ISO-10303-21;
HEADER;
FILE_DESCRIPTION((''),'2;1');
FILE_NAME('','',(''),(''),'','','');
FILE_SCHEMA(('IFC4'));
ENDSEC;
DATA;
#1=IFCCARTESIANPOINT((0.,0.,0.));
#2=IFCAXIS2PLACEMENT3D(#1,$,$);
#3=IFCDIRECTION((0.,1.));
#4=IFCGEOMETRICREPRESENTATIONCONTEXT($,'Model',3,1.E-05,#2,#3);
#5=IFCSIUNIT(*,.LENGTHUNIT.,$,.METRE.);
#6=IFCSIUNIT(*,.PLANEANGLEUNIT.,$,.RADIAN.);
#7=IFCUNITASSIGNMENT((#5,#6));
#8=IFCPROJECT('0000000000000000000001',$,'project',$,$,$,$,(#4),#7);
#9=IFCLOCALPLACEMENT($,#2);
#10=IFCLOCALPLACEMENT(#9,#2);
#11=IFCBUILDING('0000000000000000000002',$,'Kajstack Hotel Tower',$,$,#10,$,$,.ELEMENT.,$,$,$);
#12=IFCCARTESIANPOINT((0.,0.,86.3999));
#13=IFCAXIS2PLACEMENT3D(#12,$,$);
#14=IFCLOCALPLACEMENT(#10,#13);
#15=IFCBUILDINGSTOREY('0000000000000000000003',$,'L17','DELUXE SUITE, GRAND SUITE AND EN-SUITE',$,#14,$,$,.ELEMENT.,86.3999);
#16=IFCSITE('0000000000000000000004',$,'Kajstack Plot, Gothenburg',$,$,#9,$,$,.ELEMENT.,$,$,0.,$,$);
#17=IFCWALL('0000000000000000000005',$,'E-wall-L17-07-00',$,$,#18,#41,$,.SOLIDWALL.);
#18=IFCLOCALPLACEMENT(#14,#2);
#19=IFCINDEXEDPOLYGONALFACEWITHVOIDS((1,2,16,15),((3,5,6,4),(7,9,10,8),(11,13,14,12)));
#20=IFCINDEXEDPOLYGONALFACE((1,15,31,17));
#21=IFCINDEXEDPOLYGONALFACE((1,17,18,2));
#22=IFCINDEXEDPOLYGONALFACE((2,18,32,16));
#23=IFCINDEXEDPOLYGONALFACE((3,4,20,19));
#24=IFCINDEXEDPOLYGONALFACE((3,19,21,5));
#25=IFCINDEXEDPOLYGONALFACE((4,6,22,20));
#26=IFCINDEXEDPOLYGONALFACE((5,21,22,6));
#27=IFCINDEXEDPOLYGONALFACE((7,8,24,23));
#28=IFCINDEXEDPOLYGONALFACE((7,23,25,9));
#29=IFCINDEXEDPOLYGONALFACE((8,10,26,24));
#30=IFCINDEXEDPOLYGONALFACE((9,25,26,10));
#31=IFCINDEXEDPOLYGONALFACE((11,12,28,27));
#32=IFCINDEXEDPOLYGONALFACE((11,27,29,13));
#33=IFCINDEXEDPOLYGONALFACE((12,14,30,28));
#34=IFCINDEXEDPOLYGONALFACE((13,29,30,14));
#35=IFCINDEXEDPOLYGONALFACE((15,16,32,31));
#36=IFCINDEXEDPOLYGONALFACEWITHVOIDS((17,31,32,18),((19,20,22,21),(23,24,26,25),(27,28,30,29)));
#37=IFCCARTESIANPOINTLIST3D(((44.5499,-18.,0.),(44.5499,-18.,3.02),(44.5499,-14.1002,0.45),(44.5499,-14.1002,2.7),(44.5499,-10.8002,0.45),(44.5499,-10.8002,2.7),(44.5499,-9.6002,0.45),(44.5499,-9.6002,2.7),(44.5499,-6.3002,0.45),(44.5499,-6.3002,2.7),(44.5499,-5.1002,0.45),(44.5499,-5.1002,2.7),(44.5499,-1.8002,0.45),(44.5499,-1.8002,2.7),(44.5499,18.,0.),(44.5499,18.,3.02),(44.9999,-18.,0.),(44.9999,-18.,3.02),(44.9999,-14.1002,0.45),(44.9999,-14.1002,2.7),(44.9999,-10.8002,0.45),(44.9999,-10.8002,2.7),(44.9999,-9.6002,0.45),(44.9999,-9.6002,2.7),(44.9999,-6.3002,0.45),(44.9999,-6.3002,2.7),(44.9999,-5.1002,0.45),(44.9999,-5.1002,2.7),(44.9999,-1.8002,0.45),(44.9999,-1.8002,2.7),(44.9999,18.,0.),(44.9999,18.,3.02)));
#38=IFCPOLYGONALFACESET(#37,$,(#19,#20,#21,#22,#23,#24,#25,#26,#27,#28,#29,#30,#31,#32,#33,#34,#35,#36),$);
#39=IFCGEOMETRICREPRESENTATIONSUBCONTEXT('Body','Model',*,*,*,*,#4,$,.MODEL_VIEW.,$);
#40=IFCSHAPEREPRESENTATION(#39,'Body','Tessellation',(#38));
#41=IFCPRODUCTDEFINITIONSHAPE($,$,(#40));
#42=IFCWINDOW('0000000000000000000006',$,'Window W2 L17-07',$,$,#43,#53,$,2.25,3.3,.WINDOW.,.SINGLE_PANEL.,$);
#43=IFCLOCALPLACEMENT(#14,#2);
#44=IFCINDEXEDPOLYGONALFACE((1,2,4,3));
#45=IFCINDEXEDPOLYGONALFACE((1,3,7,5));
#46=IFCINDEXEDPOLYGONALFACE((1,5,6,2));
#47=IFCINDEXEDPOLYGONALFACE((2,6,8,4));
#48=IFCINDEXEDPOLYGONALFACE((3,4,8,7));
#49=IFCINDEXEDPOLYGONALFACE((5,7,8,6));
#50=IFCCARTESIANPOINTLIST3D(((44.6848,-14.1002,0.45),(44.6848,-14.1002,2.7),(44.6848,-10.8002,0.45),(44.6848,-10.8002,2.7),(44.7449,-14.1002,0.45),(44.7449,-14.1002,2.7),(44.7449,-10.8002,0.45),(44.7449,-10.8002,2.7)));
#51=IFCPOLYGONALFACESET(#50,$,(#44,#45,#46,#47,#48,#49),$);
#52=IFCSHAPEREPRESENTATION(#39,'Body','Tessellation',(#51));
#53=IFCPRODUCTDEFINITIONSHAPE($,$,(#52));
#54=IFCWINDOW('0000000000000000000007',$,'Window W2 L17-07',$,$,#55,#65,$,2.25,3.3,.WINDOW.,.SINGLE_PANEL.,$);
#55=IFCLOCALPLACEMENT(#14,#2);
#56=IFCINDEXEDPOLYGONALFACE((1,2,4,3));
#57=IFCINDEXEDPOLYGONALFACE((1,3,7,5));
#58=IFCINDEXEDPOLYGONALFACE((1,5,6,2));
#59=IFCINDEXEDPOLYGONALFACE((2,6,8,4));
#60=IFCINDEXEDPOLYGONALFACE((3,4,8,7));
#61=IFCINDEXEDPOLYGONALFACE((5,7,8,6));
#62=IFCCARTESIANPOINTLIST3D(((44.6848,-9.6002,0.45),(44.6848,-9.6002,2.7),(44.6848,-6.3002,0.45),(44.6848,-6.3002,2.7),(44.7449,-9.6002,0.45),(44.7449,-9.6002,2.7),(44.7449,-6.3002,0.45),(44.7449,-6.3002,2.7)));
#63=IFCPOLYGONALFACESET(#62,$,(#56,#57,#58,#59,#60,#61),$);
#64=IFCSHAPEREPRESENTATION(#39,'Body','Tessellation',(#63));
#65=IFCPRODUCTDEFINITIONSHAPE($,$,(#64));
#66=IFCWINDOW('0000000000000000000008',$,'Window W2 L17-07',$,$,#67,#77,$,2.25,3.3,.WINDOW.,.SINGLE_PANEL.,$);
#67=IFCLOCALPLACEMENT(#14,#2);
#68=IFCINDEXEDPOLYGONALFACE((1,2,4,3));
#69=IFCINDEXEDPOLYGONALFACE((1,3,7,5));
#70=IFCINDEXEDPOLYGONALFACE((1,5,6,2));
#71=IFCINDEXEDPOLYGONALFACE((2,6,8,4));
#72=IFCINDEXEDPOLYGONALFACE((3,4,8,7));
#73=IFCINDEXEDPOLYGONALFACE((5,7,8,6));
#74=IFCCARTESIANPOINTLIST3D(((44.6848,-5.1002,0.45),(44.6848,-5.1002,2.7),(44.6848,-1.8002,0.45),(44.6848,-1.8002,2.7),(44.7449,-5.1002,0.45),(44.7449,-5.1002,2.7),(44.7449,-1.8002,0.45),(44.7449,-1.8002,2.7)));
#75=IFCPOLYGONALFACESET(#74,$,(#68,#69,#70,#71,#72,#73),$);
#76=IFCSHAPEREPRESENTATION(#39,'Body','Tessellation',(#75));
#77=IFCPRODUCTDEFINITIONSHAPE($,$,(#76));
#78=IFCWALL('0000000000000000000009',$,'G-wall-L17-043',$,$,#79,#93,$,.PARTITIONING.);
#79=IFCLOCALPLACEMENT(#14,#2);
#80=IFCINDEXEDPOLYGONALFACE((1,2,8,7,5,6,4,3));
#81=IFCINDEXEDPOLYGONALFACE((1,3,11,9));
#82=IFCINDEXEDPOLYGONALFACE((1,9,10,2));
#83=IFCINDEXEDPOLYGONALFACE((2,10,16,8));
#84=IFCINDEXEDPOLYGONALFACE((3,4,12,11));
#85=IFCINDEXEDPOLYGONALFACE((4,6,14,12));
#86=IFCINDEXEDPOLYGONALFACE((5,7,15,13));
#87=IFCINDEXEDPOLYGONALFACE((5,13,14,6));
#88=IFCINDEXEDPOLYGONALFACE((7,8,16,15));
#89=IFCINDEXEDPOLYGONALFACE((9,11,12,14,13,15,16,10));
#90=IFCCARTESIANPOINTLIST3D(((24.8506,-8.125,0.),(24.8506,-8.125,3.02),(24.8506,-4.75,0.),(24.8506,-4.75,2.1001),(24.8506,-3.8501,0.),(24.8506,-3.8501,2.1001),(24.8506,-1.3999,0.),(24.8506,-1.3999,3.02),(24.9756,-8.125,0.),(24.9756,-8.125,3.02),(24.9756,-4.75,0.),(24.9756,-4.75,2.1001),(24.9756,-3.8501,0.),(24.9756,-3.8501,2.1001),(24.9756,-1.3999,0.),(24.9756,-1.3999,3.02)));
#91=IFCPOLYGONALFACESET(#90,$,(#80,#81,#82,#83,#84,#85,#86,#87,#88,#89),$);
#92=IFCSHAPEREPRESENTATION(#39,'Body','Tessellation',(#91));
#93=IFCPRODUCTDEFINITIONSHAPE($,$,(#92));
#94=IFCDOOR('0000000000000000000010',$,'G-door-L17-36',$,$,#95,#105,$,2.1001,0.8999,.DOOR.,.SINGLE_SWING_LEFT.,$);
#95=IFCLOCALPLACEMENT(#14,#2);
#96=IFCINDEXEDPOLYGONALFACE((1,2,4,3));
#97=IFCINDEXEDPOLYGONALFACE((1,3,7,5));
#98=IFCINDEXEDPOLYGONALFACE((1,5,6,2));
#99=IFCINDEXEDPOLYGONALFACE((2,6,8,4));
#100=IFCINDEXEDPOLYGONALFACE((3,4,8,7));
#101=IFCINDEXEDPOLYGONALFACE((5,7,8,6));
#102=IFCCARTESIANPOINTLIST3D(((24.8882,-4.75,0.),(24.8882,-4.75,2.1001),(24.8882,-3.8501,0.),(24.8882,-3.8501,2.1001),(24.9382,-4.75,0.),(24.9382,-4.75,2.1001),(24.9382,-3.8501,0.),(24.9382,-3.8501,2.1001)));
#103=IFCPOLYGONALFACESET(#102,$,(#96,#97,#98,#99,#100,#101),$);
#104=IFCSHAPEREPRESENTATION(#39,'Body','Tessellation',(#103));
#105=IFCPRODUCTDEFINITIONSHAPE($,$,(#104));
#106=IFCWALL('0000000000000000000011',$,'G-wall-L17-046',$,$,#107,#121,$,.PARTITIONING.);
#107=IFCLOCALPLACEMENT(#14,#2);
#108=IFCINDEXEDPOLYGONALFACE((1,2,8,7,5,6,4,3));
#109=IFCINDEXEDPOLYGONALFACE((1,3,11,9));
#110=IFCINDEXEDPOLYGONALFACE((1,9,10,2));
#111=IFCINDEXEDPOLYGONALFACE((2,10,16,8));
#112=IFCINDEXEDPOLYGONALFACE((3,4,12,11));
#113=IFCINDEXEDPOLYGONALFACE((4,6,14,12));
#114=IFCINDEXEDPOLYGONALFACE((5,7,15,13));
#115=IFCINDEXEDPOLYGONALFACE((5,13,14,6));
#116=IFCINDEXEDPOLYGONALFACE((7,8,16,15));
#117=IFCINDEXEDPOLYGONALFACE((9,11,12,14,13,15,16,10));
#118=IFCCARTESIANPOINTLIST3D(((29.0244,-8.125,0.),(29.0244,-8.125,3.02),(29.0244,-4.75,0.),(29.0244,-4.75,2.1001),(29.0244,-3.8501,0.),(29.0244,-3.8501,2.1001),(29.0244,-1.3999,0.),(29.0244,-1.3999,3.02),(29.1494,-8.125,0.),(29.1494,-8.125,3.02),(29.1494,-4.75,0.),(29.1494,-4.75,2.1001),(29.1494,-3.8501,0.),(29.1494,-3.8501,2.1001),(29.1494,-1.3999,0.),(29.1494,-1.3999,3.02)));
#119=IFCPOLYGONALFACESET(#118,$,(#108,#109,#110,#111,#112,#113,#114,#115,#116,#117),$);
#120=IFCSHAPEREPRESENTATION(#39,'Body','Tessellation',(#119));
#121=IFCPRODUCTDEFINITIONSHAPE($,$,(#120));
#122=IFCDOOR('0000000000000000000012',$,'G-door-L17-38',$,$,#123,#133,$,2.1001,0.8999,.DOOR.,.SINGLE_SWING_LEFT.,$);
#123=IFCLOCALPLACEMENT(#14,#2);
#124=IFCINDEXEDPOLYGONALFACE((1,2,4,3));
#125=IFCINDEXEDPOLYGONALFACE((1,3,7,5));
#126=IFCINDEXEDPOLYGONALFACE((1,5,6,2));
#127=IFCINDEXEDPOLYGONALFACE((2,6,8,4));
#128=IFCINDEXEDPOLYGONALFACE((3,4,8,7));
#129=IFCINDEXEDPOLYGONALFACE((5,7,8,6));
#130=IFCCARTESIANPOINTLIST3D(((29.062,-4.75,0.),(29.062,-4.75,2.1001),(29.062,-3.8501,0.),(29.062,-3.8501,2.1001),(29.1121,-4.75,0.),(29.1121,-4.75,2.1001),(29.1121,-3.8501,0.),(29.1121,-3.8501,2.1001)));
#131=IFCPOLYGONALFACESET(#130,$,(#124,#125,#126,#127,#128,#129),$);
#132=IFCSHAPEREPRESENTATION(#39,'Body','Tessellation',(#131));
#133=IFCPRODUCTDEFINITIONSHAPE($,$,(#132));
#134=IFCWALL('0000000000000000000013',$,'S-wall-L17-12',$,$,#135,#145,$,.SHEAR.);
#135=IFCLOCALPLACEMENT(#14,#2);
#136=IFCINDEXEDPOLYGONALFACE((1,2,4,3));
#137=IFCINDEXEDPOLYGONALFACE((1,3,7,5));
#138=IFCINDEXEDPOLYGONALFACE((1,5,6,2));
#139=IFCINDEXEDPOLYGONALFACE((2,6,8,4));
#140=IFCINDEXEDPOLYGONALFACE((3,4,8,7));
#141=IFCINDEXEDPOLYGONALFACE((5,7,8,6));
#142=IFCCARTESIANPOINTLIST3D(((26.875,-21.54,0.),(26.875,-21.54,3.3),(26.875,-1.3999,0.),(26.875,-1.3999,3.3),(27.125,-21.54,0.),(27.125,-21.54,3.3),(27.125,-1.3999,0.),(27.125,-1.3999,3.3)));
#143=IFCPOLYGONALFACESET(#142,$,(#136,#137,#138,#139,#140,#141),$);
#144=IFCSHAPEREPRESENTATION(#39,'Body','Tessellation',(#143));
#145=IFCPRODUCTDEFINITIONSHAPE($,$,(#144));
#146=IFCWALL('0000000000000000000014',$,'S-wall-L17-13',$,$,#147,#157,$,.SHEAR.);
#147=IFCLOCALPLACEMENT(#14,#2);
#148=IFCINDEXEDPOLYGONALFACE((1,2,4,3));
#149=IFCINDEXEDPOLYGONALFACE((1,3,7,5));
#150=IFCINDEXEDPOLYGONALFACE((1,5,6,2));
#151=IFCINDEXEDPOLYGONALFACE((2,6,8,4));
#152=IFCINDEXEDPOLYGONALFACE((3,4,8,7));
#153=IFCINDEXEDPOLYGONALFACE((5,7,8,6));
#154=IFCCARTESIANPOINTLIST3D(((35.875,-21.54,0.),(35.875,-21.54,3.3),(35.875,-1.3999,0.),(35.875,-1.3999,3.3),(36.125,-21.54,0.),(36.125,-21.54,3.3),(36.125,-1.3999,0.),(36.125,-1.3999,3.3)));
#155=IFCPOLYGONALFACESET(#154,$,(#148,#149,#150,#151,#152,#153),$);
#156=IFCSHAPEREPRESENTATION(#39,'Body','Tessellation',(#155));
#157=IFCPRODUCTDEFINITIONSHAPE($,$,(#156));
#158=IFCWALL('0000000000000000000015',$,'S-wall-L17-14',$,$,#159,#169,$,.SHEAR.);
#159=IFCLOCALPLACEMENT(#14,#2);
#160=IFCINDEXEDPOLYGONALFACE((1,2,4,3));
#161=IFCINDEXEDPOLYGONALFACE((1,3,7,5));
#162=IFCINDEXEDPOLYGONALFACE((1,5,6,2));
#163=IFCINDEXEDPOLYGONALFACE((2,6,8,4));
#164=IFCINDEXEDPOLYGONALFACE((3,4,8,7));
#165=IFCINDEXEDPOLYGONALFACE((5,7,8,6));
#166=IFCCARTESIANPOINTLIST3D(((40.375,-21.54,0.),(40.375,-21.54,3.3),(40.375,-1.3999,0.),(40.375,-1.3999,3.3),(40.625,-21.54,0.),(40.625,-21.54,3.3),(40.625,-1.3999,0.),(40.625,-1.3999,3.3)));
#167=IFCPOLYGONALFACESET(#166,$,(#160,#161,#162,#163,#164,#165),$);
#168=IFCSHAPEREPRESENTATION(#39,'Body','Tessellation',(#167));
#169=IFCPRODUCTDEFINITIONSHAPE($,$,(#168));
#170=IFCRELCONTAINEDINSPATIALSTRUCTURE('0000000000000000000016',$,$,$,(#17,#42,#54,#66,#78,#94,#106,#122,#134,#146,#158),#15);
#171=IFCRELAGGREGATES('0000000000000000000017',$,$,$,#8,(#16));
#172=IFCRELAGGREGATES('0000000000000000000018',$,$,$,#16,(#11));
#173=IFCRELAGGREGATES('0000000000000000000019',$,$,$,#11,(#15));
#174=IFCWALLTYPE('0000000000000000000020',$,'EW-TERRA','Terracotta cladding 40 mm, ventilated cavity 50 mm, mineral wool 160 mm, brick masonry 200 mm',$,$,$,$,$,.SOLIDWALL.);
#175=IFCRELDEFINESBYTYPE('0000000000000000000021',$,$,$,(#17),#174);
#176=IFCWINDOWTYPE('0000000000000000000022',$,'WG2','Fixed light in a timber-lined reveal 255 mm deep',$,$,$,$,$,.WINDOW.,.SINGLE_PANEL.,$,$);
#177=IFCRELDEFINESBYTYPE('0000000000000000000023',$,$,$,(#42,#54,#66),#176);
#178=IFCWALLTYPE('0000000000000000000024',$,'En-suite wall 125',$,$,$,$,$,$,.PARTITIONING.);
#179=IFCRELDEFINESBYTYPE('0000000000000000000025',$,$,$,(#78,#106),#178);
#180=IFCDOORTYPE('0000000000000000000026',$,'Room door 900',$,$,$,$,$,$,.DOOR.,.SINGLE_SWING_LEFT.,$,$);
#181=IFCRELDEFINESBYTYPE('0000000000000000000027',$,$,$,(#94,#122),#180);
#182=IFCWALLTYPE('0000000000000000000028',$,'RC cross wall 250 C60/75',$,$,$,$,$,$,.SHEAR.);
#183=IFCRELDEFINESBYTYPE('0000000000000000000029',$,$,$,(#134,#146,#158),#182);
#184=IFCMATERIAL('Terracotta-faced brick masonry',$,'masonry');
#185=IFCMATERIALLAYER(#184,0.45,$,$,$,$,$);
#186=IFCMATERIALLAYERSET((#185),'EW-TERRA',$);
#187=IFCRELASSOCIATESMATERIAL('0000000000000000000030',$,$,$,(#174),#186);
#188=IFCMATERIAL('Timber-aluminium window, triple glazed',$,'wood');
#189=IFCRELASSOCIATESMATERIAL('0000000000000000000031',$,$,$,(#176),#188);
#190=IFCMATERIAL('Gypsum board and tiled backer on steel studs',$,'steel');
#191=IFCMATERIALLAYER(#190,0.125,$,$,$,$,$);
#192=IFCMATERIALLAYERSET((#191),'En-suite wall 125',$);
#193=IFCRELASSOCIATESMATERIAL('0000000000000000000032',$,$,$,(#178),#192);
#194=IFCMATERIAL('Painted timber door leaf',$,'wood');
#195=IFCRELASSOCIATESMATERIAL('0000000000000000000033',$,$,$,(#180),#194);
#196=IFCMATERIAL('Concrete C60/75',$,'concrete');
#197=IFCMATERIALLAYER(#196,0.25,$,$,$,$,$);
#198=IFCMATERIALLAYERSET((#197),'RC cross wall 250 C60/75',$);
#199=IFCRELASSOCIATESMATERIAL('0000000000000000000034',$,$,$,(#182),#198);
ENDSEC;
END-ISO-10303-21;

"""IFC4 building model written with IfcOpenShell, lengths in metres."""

from ifc_helpers import new_model, si_unit, direction, frame, frame_2d, origin, place, context, subcontext, project, spatial, rectangle, extrude, material, layer, layer_set, type_object, element, fill, save


model = new_model("IFC4")

# Units and contexts
model_context = context("Model", 3, precision=1e-05, world=origin(), true_north=direction((0.0, 1.0)))
body_context = subcontext(model_context, "Body", "Model", "MODEL_VIEW")
ifc_project = project(units=[si_unit("LENGTHUNIT", "METRE"), si_unit("PLANEANGLEUNIT", "RADIAN")], contexts=[model_context])

# Site, building, storey
site_placement = place(None, origin())
site = spatial("IfcSite", under=ifc_project, at=site_placement, Name="Kajstack Plot, Gothenburg", CompositionType="ELEMENT", RefElevation=0.0)
building_placement = place(site_placement, origin())
building = spatial("IfcBuilding", under=site, at=building_placement, Name="Kajstack Hotel Tower", CompositionType="ELEMENT")
storey_placement = place(building_placement, frame((0.0, 0.0, 86.3999)))
storey = spatial("IfcBuildingStorey", under=building, at=storey_placement, Name="L17", Description="DELUXE SUITE, GRAND SUITE AND EN-SUITE", CompositionType="ELEMENT", Elevation=86.3999)

# Shared definitions
ifc_material_1 = material(Name="Terracotta-faced brick masonry", Category="masonry")
ifc_layer_1 = layer(ifc_material_1, 0.45)
ifc_layer_set_1 = layer_set([ifc_layer_1], Name="EW-TERRA")
wall_type_1 = type_object("IfcWallType", Name="EW-TERRA", Description="Terracotta cladding 40 mm, ventilated cavity 50 mm, mineral wool 160 mm, brick masonry 200 mm", PredefinedType="SOLIDWALL", material=ifc_layer_set_1)
ifc_material_2 = material(Name="Timber-aluminium window, triple glazed", Category="wood")

# Wall, openings, windows
wall_1_placement = place(storey_placement, frame((44.7749, -18.0, 0.0), z_axis=(0.0, 0.0, 1.0), x_axis=(0.0, 1.0, 0.0)))
wall_1 = element("IfcWall", 1, at=wall_1_placement, inside=storey, type_object=wall_type_1, Name="E-wall-L17-07-00", PredefinedType="SOLIDWALL", context=body_context, shape_type="SweptSolid", body=[
    extrude(rectangle(XDim=36.0, YDim=0.45, at=frame_2d((18.0, 0.0))), origin(), (0.0, 0.0, 1.0), 3.02),
])
opening_1_placement = place(wall_1_placement, frame((3.8999, 0.0, 0.45)))
opening_1 = element("IfcOpeningElement", 2, at=opening_1_placement, cuts=wall_1, PredefinedType="OPENING", context=body_context, shape_type="SweptSolid", body=[
    extrude(rectangle(XDim=3.3, YDim=2.25, at=frame_2d((1.6499, 1.125))), frame((0.0, 0.2349, 0.0), z_axis=(0.0, -1.0, 0.0), x_axis=(1.0, 0.0, 0.0)), (0.0, 0.0, 1.0), 0.47),
])
opening_2_placement = place(wall_1_placement, frame((8.3999, 0.0, 0.45)))
opening_2 = element("IfcOpeningElement", 3, at=opening_2_placement, cuts=wall_1, PredefinedType="OPENING", context=body_context, shape_type="SweptSolid", body=[
    extrude(rectangle(XDim=3.3, YDim=2.25, at=frame_2d((1.6499, 1.125))), frame((0.0, 0.2349, 0.0), z_axis=(0.0, -1.0, 0.0), x_axis=(1.0, 0.0, 0.0)), (0.0, 0.0, 1.0), 0.47),
])
opening_3_placement = place(wall_1_placement, frame((12.8999, 0.0, 0.45)))
opening_3 = element("IfcOpeningElement", 4, at=opening_3_placement, cuts=wall_1, PredefinedType="OPENING", context=body_context, shape_type="SweptSolid", body=[
    extrude(rectangle(XDim=3.3, YDim=2.25, at=frame_2d((1.6499, 1.125))), frame((0.0, 0.2349, 0.0), z_axis=(0.0, -1.0, 0.0), x_axis=(1.0, 0.0, 0.0)), (0.0, 0.0, 1.0), 0.47),
])
window_type_1 = type_object("IfcWindowType", Name="WG2", Description="Fixed light in a timber-lined reveal 255 mm deep", PartitioningType="SINGLE_PANEL", PredefinedType="WINDOW", material=ifc_material_2)
window_1_placement = place(opening_1_placement, origin())
window_1 = element("IfcWindow", 5, at=window_1_placement, inside=storey, type_object=window_type_1, Name="Window W2 L17-07", OverallHeight=2.25, OverallWidth=3.3, PartitioningType="SINGLE_PANEL", PredefinedType="WINDOW", context=body_context, shape_type="SweptSolid", body=[
    extrude(rectangle(XDim=3.3, YDim=2.25, at=frame_2d((1.6499, 1.125))), frame((0.0, 0.0901, 0.0), z_axis=(0.0, -1.0, 0.0), x_axis=(1.0, 0.0, 0.0)), (0.0, 0.0, 1.0), 0.0601),
])
fill(opening_1, window_1)
window_2_placement = place(opening_2_placement, origin())
window_2 = element("IfcWindow", 6, at=window_2_placement, inside=storey, type_object=window_type_1, Name="Window W2 L17-07", OverallHeight=2.25, OverallWidth=3.3, PartitioningType="SINGLE_PANEL", PredefinedType="WINDOW", context=body_context, shape_type="SweptSolid", body=[
    extrude(rectangle(XDim=3.3, YDim=2.25, at=frame_2d((1.6499, 1.125))), frame((0.0, 0.0901, 0.0), z_axis=(0.0, -1.0, 0.0), x_axis=(1.0, 0.0, 0.0)), (0.0, 0.0, 1.0), 0.0601),
])
fill(opening_2, window_2)
window_3_placement = place(opening_3_placement, origin())
window_3 = element("IfcWindow", 7, at=window_3_placement, inside=storey, type_object=window_type_1, Name="Window W2 L17-07", OverallHeight=2.25, OverallWidth=3.3, PartitioningType="SINGLE_PANEL", PredefinedType="WINDOW", context=body_context, shape_type="SweptSolid", body=[
    extrude(rectangle(XDim=3.3, YDim=2.25, at=frame_2d((1.6499, 1.125))), frame((0.0, 0.0901, 0.0), z_axis=(0.0, -1.0, 0.0), x_axis=(1.0, 0.0, 0.0)), (0.0, 0.0, 1.0), 0.0601),
])
fill(opening_3, window_3)

# Walls, openings, doors
ifc_material_3 = material(Name="Gypsum board and tiled backer on steel studs", Category="steel")
ifc_layer_2 = layer(ifc_material_3, 0.125)
ifc_layer_set_2 = layer_set([ifc_layer_2], Name="En-suite wall 125")
wall_type_2 = type_object("IfcWallType", Name="En-suite wall 125", PredefinedType="PARTITIONING", material=ifc_layer_set_2)
wall_2_placement = place(storey_placement, frame((24.9131, -8.125, 0.0), z_axis=(0.0, 0.0, 1.0), x_axis=(0.0, 1.0, 0.0)))
wall_2 = element("IfcWall", 8, at=wall_2_placement, inside=storey, type_object=wall_type_2, Name="G-wall-L17-043", PredefinedType="PARTITIONING", context=body_context, shape_type="SweptSolid", body=[
    extrude(rectangle(XDim=6.7251, YDim=0.125, at=frame_2d((3.3625, 0.0))), origin(), (0.0, 0.0, 1.0), 3.02),
])
opening_4_placement = place(wall_2_placement, frame((3.375, 0.0, 0.0)))
opening_4 = element("IfcOpeningElement", 9, at=opening_4_placement, cuts=wall_2, PredefinedType="OPENING", context=body_context, shape_type="SweptSolid", body=[
    extrude(rectangle(XDim=0.8999, YDim=2.1001, at=frame_2d((0.45, 1.05))), frame((0.0, 0.0725, 0.0), z_axis=(0.0, -1.0, 0.0), x_axis=(1.0, 0.0, 0.0)), (0.0, 0.0, 1.0), 0.145),
])
ifc_material_4 = material(Name="Painted timber door leaf", Category="wood")
door_type = type_object("IfcDoorType", Name="Room door 900", OperationType="SINGLE_SWING_LEFT", PredefinedType="DOOR", material=ifc_material_4)
door_1_placement = place(opening_4_placement, origin())
door_1 = element("IfcDoor", 10, at=door_1_placement, inside=storey, type_object=door_type, Name="G-door-L17-36", OperationType="SINGLE_SWING_LEFT", OverallHeight=2.1001, OverallWidth=0.8999, PredefinedType="DOOR", context=body_context, shape_type="SweptSolid", body=[
    extrude(rectangle(XDim=0.8999, YDim=2.1001, at=frame_2d((0.45, 1.05))), frame((0.0, 0.0249, 0.0), z_axis=(0.0, -1.0, 0.0), x_axis=(1.0, 0.0, 0.0)), (0.0, 0.0, 1.0), 0.05),
])
fill(opening_4, door_1)
wall_3_placement = place(storey_placement, frame((29.0869, -8.125, 0.0), z_axis=(0.0, 0.0, 1.0), x_axis=(0.0, 1.0, 0.0)))
wall_3 = element("IfcWall", 11, at=wall_3_placement, inside=storey, type_object=wall_type_2, Name="G-wall-L17-046", PredefinedType="PARTITIONING", context=body_context, shape_type="SweptSolid", body=[
    extrude(rectangle(XDim=6.7251, YDim=0.125, at=frame_2d((3.3625, 0.0))), origin(), (0.0, 0.0, 1.0), 3.02),
])
opening_5_placement = place(wall_3_placement, frame((3.375, 0.0, 0.0)))
opening_5 = element("IfcOpeningElement", 12, at=opening_5_placement, cuts=wall_3, PredefinedType="OPENING", context=body_context, shape_type="SweptSolid", body=[
    extrude(rectangle(XDim=0.8999, YDim=2.1001, at=frame_2d((0.45, 1.05))), frame((0.0, 0.0725, 0.0), z_axis=(0.0, -1.0, 0.0), x_axis=(1.0, 0.0, 0.0)), (0.0, 0.0, 1.0), 0.145),
])
door_2_placement = place(opening_5_placement, origin())
door_2 = element("IfcDoor", 13, at=door_2_placement, inside=storey, type_object=door_type, Name="G-door-L17-38", OperationType="SINGLE_SWING_LEFT", OverallHeight=2.1001, OverallWidth=0.8999, PredefinedType="DOOR", context=body_context, shape_type="SweptSolid", body=[
    extrude(rectangle(XDim=0.8999, YDim=2.1001, at=frame_2d((0.45, 1.05))), frame((0.0, 0.0249, 0.0), z_axis=(0.0, -1.0, 0.0), x_axis=(1.0, 0.0, 0.0)), (0.0, 0.0, 1.0), 0.05),
])
fill(opening_5, door_2)

# Walls
ifc_material_5 = material(Name="Concrete C60/75", Category="concrete")
ifc_layer_3 = layer(ifc_material_5, 0.25)
ifc_layer_set_3 = layer_set([ifc_layer_3], Name="RC cross wall 250 C60/75")
wall_type_3 = type_object("IfcWallType", Name="RC cross wall 250 C60/75", PredefinedType="SHEAR", material=ifc_layer_set_3)
for number, where, z_axis, x_axis, name in (
    (14, (27.0, -21.54, 0.0), (0.0, 0.0, 1.0), (0.0, 1.0, 0.0), "S-wall-L17-12"),
    (15, (36.0, -21.54, 0.0), (0.0, 0.0, 1.0), (0.0, 1.0, 0.0), "S-wall-L17-13"),
    (16, (40.5, -21.54, 0.0), (0.0, 0.0, 1.0), (0.0, 1.0, 0.0), "S-wall-L17-14"),
):
    element("IfcWall", number, at=place(storey_placement, frame(where, z_axis=z_axis, x_axis=x_axis)), inside=storey, type_object=wall_type_3, Name=name, PredefinedType="SHEAR", context=body_context, shape_type="SweptSolid", body=[
        extrude(rectangle(XDim=20.1401, YDim=0.25, at=frame_2d((10.0701, 0.0))), origin(), (0.0, 0.0, 1.0), 3.3),
    ])

save(model, "model.ifc")
